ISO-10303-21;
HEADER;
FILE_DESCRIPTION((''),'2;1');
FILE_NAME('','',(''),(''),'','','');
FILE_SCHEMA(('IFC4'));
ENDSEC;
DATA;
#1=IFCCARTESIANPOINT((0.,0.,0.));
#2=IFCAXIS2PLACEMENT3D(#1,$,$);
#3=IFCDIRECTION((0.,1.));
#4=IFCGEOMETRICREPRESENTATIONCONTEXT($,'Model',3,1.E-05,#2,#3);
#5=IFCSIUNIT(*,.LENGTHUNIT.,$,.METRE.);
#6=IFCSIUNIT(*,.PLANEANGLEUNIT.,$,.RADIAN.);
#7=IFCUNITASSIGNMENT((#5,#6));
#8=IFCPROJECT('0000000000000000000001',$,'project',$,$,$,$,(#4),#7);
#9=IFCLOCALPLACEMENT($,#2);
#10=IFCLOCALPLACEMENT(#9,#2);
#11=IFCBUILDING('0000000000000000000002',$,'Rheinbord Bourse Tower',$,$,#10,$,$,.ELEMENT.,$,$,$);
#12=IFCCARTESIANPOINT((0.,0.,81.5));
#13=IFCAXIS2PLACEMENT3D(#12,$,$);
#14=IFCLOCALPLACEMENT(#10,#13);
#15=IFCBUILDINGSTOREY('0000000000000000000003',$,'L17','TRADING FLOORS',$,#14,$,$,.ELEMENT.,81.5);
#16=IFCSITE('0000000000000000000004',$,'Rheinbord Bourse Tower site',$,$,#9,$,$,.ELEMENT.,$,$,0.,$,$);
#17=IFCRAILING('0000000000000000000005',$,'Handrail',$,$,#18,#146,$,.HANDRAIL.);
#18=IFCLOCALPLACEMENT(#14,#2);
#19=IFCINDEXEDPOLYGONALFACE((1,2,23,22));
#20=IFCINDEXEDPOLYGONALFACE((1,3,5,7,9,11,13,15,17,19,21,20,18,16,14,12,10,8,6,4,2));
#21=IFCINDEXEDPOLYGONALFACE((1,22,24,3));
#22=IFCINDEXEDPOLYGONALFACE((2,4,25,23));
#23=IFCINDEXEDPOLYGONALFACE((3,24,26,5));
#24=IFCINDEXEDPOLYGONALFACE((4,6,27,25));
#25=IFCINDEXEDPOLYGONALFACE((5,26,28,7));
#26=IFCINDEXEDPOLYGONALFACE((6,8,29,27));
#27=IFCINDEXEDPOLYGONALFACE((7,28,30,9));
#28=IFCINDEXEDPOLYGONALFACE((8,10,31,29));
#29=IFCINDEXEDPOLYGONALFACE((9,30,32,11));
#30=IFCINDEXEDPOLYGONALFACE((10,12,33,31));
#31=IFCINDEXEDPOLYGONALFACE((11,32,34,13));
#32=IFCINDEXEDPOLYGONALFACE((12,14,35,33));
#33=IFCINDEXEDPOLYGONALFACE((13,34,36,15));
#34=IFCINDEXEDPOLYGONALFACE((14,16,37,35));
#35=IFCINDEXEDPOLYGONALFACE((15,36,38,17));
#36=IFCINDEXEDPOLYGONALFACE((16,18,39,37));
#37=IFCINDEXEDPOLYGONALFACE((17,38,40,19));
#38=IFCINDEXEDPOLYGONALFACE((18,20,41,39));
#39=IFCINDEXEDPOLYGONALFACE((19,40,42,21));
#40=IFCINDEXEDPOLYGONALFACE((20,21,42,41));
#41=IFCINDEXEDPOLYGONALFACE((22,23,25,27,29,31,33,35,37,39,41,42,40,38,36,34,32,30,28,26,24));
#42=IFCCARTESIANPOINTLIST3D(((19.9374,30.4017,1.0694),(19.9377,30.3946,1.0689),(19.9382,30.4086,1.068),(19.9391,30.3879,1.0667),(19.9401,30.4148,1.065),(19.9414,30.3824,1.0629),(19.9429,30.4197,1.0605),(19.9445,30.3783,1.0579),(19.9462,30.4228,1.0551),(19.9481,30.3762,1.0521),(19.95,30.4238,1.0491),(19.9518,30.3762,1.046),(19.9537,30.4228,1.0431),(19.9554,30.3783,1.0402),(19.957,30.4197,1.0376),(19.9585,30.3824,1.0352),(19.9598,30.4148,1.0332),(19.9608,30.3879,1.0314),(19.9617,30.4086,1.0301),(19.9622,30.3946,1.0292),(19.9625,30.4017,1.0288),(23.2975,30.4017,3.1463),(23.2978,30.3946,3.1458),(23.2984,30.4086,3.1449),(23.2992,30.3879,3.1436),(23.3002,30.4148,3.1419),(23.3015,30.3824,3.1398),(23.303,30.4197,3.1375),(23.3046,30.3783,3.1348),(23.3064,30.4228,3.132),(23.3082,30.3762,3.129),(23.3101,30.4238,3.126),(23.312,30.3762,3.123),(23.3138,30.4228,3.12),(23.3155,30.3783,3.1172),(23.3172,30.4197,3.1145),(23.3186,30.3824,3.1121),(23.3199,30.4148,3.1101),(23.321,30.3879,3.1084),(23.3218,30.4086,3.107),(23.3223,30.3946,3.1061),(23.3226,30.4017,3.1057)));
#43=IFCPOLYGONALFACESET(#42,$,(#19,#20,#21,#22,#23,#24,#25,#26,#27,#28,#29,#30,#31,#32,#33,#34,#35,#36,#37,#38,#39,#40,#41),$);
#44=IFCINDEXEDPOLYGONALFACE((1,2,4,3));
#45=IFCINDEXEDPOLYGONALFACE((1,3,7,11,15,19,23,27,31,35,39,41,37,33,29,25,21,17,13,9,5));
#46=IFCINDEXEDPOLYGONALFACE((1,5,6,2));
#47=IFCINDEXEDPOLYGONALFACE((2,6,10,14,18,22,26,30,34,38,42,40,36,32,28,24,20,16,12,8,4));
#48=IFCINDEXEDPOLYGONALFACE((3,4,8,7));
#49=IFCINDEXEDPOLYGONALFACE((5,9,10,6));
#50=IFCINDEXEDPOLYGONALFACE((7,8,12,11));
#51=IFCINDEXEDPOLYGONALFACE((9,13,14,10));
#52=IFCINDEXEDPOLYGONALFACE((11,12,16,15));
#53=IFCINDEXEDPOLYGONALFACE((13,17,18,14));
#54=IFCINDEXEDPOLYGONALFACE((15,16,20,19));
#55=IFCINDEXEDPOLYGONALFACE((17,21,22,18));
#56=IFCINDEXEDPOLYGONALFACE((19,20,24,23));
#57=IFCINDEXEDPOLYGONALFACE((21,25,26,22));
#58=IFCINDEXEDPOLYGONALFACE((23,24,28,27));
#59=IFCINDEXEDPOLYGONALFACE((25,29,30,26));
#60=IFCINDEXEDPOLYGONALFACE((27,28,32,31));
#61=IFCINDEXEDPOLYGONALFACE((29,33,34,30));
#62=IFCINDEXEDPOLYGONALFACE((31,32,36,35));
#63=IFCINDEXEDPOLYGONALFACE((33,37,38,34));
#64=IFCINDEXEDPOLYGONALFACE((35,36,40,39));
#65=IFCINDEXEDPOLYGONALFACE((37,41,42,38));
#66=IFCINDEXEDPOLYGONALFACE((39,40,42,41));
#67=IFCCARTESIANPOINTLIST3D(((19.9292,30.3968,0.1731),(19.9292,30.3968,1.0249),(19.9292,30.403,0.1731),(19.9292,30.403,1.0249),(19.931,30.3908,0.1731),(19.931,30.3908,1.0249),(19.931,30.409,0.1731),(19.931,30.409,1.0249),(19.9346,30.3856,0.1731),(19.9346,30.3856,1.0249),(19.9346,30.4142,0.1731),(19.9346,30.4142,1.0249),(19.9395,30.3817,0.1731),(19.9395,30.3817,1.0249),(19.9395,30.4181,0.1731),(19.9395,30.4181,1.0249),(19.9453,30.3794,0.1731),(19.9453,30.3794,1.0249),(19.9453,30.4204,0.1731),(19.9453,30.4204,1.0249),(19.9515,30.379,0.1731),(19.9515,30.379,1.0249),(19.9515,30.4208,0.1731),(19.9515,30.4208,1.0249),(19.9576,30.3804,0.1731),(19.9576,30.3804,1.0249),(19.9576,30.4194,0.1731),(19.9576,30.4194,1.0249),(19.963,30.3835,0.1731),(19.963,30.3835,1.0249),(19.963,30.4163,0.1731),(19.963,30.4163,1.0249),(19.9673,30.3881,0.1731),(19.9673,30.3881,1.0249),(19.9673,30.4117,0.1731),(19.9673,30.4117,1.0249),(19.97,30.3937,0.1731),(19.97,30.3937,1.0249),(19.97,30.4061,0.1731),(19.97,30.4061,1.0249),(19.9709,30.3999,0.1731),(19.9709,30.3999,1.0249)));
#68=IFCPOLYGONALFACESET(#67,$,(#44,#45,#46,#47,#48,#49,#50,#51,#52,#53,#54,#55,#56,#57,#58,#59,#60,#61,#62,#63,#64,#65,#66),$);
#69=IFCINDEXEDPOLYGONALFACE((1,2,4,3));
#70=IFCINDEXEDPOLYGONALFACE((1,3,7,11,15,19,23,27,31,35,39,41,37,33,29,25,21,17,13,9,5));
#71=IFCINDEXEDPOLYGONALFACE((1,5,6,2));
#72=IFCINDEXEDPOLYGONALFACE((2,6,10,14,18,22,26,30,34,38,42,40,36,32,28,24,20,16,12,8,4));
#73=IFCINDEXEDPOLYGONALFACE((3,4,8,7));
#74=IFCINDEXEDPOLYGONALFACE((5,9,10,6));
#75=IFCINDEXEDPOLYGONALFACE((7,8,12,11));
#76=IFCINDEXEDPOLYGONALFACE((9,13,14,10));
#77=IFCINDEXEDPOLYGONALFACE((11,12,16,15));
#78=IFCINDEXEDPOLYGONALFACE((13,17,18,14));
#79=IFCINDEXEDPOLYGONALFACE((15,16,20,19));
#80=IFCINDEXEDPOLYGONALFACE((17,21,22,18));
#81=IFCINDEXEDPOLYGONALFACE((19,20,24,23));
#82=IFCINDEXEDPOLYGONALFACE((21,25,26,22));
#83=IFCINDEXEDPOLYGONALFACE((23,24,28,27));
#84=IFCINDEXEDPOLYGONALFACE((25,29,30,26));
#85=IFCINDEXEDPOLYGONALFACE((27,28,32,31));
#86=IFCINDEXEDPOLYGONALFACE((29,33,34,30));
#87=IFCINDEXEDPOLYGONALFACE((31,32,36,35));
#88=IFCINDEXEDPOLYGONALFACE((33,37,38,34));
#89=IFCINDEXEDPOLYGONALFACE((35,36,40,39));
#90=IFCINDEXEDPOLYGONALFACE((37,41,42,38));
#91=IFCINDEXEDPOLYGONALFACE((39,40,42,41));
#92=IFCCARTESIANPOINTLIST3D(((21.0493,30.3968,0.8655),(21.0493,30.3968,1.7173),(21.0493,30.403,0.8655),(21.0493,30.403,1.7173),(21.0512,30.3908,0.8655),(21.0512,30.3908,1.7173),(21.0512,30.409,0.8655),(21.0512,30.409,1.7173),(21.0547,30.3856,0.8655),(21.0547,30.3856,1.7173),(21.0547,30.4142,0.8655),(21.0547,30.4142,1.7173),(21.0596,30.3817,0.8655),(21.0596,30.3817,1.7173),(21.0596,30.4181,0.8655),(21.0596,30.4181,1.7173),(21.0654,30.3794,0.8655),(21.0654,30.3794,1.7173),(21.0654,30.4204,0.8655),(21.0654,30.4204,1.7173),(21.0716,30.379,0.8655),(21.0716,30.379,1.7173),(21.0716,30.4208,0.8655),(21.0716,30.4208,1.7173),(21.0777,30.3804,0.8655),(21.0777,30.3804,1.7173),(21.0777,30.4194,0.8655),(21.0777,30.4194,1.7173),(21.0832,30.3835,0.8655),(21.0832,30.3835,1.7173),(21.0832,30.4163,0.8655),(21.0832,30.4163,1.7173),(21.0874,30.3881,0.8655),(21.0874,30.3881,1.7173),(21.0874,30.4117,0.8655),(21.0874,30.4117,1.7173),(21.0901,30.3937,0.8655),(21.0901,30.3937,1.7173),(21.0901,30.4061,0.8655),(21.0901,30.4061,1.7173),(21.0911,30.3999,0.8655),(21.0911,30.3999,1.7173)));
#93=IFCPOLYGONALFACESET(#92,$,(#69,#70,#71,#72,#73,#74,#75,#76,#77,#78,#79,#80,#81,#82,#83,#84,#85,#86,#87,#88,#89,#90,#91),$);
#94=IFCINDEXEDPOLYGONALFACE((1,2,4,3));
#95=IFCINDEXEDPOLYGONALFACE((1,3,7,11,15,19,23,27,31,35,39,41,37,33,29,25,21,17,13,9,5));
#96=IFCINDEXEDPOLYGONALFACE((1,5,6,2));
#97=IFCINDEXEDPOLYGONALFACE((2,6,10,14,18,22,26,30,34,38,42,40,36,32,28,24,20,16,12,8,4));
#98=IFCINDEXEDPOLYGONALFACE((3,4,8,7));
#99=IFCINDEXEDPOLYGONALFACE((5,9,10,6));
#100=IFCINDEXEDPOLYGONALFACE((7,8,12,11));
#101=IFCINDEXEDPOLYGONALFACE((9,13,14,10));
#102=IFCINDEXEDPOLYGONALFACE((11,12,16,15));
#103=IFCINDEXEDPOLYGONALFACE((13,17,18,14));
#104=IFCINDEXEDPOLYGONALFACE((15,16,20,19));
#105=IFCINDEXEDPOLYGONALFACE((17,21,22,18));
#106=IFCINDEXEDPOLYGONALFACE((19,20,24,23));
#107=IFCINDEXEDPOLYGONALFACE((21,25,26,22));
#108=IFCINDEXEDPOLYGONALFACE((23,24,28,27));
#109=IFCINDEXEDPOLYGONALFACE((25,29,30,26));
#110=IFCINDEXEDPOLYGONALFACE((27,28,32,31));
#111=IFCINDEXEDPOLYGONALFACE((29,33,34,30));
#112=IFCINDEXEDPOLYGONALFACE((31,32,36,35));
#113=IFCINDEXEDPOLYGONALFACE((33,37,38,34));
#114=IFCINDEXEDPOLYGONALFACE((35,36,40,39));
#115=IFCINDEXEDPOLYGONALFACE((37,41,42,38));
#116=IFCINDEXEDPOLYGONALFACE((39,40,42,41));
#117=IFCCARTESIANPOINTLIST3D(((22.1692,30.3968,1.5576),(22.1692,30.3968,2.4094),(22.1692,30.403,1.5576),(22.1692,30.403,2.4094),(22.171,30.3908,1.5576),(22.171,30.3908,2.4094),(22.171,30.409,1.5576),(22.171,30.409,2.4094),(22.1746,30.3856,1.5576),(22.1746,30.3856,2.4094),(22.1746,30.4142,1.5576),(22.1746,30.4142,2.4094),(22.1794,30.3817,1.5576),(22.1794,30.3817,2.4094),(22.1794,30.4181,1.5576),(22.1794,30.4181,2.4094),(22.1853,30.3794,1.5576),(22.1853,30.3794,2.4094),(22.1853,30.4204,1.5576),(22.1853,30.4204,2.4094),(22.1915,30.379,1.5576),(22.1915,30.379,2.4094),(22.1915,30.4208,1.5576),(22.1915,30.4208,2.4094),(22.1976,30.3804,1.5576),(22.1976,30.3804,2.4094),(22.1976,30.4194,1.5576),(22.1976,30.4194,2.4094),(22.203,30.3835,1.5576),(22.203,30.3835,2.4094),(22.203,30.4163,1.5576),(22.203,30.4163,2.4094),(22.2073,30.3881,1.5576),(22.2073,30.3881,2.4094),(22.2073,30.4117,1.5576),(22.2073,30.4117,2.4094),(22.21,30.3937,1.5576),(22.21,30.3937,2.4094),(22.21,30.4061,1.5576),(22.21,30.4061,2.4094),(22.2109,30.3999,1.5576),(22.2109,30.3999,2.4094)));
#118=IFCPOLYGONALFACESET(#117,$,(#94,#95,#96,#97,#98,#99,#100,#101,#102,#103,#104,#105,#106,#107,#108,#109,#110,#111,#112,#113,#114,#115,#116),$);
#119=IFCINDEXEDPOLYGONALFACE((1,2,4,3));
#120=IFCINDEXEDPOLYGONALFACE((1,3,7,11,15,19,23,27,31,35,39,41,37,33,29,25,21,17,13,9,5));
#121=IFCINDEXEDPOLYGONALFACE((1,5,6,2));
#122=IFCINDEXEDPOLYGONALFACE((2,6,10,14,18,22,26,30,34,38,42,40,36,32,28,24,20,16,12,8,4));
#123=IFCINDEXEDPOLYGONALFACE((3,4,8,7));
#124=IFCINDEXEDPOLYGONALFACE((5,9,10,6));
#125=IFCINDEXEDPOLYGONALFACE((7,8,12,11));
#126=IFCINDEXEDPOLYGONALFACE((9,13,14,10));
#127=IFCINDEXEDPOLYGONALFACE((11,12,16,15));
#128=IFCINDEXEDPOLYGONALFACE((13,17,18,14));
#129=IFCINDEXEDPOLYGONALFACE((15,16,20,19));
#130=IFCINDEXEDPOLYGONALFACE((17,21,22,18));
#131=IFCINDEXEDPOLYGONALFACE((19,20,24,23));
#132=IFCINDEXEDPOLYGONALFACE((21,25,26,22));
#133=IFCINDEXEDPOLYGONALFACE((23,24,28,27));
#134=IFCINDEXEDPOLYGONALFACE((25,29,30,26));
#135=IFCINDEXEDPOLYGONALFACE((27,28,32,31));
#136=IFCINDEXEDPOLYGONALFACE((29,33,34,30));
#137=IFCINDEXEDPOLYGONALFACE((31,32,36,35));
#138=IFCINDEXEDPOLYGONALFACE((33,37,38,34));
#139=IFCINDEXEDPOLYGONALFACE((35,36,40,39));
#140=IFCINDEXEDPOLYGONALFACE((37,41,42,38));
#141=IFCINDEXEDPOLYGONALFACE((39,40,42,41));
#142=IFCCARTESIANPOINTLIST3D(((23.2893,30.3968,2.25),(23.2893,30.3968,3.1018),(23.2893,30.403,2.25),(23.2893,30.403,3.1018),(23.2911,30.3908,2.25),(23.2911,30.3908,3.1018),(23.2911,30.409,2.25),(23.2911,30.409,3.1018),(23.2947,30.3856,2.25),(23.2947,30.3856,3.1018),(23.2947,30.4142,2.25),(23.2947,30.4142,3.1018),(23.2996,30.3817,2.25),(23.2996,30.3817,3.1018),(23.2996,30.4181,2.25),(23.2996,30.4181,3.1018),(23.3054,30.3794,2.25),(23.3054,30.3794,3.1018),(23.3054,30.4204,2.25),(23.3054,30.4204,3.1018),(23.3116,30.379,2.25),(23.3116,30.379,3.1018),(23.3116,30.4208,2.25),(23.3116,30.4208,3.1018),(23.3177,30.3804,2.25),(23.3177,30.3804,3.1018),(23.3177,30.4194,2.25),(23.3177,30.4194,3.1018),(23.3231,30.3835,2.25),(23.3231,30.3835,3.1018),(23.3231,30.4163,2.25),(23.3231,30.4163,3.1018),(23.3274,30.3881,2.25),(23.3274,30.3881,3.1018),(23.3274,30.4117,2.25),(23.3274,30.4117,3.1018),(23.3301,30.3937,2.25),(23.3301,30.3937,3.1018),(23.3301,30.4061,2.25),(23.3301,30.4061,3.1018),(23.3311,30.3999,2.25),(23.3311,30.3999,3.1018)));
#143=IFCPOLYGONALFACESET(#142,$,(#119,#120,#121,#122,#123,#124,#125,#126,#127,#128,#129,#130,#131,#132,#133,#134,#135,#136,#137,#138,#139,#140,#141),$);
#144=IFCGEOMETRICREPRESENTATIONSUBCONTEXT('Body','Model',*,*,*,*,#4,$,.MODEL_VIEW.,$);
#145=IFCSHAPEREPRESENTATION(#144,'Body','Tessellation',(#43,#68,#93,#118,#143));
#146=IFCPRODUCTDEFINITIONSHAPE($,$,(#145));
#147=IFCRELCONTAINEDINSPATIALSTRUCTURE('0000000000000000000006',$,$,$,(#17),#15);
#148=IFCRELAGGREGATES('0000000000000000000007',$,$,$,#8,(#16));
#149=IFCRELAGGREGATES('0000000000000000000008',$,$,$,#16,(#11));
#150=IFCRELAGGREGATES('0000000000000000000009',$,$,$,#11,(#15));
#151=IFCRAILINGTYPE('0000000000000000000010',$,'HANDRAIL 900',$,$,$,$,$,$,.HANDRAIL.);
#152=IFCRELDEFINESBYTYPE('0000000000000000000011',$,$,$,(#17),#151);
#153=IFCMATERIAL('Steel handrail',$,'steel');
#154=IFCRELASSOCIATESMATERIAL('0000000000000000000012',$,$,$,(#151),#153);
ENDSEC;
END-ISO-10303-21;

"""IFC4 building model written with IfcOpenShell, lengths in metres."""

from ifc_helpers import new_model, si_unit, direction, frame, origin, origin_2d, place, context, subcontext, project, spatial, circle, extrude, material, type_object, element, save


model = new_model("IFC4")

# Units and contexts
model_context = context("Model", 3, precision=1e-05, world=origin(), true_north=direction((0.0, 1.0)))
body_context = subcontext(model_context, "Body", "Model", "MODEL_VIEW")
ifc_project = project(units=[si_unit("LENGTHUNIT", "METRE"), si_unit("PLANEANGLEUNIT", "RADIAN")], contexts=[model_context])

# Site, building, storey
site_placement = place(None, origin())
site = spatial("IfcSite", under=ifc_project, at=site_placement, Name="Rheinbord Bourse Tower site", CompositionType="ELEMENT", RefElevation=0.0)
building_placement = place(site_placement, origin())
building = spatial("IfcBuilding", under=site, at=building_placement, Name="Rheinbord Bourse Tower", CompositionType="ELEMENT")
storey_placement = place(building_placement, frame((0.0, 0.0, 81.5)))
storey = spatial("IfcBuildingStorey", under=building, at=storey_placement, Name="L17", Description="TRADING FLOORS", CompositionType="ELEMENT", Elevation=81.5)

# Railing
ifc_material_1 = material(Name="Steel handrail", Category="steel")
railing_type = type_object("IfcRailingType", Name="HANDRAIL 900", PredefinedType="HANDRAIL", material=ifc_material_1)
railing_1_placement = place(storey_placement, frame((19.95, 30.3999, 0.1731)))
element("IfcRailing", 1, at=railing_1_placement, inside=storey, type_object=railing_type, Name="Handrail", PredefinedType="HANDRAIL", context=body_context, shape_type="SweptSolid", body=[
    extrude(circle(Radius=0.0239, at=origin_2d()), frame((0.0, 0.0, 0.876), z_axis=(0.850623, 0.0, 0.525776), x_axis=(0.0, 1.0, 0.0)), (0.0, 0.0, 1.0), 3.9502),
    extrude(circle(Radius=0.021, at=origin_2d()), origin(), (0.0, 0.0, 1.0), 0.8518),
    extrude(circle(Radius=0.021, at=origin_2d()), frame((1.1201, 0.0, 0.6924)), (0.0, 0.0, 1.0), 0.8518),
    extrude(circle(Radius=0.021, at=origin_2d()), frame((2.24, 0.0, 1.3845)), (0.0, 0.0, 1.0), 0.8518),
    extrude(circle(Radius=0.021, at=origin_2d()), frame((3.3601, 0.0, 2.0769)), (0.0, 0.0, 1.0), 0.8518),
])

save(model, "model.ifc")
